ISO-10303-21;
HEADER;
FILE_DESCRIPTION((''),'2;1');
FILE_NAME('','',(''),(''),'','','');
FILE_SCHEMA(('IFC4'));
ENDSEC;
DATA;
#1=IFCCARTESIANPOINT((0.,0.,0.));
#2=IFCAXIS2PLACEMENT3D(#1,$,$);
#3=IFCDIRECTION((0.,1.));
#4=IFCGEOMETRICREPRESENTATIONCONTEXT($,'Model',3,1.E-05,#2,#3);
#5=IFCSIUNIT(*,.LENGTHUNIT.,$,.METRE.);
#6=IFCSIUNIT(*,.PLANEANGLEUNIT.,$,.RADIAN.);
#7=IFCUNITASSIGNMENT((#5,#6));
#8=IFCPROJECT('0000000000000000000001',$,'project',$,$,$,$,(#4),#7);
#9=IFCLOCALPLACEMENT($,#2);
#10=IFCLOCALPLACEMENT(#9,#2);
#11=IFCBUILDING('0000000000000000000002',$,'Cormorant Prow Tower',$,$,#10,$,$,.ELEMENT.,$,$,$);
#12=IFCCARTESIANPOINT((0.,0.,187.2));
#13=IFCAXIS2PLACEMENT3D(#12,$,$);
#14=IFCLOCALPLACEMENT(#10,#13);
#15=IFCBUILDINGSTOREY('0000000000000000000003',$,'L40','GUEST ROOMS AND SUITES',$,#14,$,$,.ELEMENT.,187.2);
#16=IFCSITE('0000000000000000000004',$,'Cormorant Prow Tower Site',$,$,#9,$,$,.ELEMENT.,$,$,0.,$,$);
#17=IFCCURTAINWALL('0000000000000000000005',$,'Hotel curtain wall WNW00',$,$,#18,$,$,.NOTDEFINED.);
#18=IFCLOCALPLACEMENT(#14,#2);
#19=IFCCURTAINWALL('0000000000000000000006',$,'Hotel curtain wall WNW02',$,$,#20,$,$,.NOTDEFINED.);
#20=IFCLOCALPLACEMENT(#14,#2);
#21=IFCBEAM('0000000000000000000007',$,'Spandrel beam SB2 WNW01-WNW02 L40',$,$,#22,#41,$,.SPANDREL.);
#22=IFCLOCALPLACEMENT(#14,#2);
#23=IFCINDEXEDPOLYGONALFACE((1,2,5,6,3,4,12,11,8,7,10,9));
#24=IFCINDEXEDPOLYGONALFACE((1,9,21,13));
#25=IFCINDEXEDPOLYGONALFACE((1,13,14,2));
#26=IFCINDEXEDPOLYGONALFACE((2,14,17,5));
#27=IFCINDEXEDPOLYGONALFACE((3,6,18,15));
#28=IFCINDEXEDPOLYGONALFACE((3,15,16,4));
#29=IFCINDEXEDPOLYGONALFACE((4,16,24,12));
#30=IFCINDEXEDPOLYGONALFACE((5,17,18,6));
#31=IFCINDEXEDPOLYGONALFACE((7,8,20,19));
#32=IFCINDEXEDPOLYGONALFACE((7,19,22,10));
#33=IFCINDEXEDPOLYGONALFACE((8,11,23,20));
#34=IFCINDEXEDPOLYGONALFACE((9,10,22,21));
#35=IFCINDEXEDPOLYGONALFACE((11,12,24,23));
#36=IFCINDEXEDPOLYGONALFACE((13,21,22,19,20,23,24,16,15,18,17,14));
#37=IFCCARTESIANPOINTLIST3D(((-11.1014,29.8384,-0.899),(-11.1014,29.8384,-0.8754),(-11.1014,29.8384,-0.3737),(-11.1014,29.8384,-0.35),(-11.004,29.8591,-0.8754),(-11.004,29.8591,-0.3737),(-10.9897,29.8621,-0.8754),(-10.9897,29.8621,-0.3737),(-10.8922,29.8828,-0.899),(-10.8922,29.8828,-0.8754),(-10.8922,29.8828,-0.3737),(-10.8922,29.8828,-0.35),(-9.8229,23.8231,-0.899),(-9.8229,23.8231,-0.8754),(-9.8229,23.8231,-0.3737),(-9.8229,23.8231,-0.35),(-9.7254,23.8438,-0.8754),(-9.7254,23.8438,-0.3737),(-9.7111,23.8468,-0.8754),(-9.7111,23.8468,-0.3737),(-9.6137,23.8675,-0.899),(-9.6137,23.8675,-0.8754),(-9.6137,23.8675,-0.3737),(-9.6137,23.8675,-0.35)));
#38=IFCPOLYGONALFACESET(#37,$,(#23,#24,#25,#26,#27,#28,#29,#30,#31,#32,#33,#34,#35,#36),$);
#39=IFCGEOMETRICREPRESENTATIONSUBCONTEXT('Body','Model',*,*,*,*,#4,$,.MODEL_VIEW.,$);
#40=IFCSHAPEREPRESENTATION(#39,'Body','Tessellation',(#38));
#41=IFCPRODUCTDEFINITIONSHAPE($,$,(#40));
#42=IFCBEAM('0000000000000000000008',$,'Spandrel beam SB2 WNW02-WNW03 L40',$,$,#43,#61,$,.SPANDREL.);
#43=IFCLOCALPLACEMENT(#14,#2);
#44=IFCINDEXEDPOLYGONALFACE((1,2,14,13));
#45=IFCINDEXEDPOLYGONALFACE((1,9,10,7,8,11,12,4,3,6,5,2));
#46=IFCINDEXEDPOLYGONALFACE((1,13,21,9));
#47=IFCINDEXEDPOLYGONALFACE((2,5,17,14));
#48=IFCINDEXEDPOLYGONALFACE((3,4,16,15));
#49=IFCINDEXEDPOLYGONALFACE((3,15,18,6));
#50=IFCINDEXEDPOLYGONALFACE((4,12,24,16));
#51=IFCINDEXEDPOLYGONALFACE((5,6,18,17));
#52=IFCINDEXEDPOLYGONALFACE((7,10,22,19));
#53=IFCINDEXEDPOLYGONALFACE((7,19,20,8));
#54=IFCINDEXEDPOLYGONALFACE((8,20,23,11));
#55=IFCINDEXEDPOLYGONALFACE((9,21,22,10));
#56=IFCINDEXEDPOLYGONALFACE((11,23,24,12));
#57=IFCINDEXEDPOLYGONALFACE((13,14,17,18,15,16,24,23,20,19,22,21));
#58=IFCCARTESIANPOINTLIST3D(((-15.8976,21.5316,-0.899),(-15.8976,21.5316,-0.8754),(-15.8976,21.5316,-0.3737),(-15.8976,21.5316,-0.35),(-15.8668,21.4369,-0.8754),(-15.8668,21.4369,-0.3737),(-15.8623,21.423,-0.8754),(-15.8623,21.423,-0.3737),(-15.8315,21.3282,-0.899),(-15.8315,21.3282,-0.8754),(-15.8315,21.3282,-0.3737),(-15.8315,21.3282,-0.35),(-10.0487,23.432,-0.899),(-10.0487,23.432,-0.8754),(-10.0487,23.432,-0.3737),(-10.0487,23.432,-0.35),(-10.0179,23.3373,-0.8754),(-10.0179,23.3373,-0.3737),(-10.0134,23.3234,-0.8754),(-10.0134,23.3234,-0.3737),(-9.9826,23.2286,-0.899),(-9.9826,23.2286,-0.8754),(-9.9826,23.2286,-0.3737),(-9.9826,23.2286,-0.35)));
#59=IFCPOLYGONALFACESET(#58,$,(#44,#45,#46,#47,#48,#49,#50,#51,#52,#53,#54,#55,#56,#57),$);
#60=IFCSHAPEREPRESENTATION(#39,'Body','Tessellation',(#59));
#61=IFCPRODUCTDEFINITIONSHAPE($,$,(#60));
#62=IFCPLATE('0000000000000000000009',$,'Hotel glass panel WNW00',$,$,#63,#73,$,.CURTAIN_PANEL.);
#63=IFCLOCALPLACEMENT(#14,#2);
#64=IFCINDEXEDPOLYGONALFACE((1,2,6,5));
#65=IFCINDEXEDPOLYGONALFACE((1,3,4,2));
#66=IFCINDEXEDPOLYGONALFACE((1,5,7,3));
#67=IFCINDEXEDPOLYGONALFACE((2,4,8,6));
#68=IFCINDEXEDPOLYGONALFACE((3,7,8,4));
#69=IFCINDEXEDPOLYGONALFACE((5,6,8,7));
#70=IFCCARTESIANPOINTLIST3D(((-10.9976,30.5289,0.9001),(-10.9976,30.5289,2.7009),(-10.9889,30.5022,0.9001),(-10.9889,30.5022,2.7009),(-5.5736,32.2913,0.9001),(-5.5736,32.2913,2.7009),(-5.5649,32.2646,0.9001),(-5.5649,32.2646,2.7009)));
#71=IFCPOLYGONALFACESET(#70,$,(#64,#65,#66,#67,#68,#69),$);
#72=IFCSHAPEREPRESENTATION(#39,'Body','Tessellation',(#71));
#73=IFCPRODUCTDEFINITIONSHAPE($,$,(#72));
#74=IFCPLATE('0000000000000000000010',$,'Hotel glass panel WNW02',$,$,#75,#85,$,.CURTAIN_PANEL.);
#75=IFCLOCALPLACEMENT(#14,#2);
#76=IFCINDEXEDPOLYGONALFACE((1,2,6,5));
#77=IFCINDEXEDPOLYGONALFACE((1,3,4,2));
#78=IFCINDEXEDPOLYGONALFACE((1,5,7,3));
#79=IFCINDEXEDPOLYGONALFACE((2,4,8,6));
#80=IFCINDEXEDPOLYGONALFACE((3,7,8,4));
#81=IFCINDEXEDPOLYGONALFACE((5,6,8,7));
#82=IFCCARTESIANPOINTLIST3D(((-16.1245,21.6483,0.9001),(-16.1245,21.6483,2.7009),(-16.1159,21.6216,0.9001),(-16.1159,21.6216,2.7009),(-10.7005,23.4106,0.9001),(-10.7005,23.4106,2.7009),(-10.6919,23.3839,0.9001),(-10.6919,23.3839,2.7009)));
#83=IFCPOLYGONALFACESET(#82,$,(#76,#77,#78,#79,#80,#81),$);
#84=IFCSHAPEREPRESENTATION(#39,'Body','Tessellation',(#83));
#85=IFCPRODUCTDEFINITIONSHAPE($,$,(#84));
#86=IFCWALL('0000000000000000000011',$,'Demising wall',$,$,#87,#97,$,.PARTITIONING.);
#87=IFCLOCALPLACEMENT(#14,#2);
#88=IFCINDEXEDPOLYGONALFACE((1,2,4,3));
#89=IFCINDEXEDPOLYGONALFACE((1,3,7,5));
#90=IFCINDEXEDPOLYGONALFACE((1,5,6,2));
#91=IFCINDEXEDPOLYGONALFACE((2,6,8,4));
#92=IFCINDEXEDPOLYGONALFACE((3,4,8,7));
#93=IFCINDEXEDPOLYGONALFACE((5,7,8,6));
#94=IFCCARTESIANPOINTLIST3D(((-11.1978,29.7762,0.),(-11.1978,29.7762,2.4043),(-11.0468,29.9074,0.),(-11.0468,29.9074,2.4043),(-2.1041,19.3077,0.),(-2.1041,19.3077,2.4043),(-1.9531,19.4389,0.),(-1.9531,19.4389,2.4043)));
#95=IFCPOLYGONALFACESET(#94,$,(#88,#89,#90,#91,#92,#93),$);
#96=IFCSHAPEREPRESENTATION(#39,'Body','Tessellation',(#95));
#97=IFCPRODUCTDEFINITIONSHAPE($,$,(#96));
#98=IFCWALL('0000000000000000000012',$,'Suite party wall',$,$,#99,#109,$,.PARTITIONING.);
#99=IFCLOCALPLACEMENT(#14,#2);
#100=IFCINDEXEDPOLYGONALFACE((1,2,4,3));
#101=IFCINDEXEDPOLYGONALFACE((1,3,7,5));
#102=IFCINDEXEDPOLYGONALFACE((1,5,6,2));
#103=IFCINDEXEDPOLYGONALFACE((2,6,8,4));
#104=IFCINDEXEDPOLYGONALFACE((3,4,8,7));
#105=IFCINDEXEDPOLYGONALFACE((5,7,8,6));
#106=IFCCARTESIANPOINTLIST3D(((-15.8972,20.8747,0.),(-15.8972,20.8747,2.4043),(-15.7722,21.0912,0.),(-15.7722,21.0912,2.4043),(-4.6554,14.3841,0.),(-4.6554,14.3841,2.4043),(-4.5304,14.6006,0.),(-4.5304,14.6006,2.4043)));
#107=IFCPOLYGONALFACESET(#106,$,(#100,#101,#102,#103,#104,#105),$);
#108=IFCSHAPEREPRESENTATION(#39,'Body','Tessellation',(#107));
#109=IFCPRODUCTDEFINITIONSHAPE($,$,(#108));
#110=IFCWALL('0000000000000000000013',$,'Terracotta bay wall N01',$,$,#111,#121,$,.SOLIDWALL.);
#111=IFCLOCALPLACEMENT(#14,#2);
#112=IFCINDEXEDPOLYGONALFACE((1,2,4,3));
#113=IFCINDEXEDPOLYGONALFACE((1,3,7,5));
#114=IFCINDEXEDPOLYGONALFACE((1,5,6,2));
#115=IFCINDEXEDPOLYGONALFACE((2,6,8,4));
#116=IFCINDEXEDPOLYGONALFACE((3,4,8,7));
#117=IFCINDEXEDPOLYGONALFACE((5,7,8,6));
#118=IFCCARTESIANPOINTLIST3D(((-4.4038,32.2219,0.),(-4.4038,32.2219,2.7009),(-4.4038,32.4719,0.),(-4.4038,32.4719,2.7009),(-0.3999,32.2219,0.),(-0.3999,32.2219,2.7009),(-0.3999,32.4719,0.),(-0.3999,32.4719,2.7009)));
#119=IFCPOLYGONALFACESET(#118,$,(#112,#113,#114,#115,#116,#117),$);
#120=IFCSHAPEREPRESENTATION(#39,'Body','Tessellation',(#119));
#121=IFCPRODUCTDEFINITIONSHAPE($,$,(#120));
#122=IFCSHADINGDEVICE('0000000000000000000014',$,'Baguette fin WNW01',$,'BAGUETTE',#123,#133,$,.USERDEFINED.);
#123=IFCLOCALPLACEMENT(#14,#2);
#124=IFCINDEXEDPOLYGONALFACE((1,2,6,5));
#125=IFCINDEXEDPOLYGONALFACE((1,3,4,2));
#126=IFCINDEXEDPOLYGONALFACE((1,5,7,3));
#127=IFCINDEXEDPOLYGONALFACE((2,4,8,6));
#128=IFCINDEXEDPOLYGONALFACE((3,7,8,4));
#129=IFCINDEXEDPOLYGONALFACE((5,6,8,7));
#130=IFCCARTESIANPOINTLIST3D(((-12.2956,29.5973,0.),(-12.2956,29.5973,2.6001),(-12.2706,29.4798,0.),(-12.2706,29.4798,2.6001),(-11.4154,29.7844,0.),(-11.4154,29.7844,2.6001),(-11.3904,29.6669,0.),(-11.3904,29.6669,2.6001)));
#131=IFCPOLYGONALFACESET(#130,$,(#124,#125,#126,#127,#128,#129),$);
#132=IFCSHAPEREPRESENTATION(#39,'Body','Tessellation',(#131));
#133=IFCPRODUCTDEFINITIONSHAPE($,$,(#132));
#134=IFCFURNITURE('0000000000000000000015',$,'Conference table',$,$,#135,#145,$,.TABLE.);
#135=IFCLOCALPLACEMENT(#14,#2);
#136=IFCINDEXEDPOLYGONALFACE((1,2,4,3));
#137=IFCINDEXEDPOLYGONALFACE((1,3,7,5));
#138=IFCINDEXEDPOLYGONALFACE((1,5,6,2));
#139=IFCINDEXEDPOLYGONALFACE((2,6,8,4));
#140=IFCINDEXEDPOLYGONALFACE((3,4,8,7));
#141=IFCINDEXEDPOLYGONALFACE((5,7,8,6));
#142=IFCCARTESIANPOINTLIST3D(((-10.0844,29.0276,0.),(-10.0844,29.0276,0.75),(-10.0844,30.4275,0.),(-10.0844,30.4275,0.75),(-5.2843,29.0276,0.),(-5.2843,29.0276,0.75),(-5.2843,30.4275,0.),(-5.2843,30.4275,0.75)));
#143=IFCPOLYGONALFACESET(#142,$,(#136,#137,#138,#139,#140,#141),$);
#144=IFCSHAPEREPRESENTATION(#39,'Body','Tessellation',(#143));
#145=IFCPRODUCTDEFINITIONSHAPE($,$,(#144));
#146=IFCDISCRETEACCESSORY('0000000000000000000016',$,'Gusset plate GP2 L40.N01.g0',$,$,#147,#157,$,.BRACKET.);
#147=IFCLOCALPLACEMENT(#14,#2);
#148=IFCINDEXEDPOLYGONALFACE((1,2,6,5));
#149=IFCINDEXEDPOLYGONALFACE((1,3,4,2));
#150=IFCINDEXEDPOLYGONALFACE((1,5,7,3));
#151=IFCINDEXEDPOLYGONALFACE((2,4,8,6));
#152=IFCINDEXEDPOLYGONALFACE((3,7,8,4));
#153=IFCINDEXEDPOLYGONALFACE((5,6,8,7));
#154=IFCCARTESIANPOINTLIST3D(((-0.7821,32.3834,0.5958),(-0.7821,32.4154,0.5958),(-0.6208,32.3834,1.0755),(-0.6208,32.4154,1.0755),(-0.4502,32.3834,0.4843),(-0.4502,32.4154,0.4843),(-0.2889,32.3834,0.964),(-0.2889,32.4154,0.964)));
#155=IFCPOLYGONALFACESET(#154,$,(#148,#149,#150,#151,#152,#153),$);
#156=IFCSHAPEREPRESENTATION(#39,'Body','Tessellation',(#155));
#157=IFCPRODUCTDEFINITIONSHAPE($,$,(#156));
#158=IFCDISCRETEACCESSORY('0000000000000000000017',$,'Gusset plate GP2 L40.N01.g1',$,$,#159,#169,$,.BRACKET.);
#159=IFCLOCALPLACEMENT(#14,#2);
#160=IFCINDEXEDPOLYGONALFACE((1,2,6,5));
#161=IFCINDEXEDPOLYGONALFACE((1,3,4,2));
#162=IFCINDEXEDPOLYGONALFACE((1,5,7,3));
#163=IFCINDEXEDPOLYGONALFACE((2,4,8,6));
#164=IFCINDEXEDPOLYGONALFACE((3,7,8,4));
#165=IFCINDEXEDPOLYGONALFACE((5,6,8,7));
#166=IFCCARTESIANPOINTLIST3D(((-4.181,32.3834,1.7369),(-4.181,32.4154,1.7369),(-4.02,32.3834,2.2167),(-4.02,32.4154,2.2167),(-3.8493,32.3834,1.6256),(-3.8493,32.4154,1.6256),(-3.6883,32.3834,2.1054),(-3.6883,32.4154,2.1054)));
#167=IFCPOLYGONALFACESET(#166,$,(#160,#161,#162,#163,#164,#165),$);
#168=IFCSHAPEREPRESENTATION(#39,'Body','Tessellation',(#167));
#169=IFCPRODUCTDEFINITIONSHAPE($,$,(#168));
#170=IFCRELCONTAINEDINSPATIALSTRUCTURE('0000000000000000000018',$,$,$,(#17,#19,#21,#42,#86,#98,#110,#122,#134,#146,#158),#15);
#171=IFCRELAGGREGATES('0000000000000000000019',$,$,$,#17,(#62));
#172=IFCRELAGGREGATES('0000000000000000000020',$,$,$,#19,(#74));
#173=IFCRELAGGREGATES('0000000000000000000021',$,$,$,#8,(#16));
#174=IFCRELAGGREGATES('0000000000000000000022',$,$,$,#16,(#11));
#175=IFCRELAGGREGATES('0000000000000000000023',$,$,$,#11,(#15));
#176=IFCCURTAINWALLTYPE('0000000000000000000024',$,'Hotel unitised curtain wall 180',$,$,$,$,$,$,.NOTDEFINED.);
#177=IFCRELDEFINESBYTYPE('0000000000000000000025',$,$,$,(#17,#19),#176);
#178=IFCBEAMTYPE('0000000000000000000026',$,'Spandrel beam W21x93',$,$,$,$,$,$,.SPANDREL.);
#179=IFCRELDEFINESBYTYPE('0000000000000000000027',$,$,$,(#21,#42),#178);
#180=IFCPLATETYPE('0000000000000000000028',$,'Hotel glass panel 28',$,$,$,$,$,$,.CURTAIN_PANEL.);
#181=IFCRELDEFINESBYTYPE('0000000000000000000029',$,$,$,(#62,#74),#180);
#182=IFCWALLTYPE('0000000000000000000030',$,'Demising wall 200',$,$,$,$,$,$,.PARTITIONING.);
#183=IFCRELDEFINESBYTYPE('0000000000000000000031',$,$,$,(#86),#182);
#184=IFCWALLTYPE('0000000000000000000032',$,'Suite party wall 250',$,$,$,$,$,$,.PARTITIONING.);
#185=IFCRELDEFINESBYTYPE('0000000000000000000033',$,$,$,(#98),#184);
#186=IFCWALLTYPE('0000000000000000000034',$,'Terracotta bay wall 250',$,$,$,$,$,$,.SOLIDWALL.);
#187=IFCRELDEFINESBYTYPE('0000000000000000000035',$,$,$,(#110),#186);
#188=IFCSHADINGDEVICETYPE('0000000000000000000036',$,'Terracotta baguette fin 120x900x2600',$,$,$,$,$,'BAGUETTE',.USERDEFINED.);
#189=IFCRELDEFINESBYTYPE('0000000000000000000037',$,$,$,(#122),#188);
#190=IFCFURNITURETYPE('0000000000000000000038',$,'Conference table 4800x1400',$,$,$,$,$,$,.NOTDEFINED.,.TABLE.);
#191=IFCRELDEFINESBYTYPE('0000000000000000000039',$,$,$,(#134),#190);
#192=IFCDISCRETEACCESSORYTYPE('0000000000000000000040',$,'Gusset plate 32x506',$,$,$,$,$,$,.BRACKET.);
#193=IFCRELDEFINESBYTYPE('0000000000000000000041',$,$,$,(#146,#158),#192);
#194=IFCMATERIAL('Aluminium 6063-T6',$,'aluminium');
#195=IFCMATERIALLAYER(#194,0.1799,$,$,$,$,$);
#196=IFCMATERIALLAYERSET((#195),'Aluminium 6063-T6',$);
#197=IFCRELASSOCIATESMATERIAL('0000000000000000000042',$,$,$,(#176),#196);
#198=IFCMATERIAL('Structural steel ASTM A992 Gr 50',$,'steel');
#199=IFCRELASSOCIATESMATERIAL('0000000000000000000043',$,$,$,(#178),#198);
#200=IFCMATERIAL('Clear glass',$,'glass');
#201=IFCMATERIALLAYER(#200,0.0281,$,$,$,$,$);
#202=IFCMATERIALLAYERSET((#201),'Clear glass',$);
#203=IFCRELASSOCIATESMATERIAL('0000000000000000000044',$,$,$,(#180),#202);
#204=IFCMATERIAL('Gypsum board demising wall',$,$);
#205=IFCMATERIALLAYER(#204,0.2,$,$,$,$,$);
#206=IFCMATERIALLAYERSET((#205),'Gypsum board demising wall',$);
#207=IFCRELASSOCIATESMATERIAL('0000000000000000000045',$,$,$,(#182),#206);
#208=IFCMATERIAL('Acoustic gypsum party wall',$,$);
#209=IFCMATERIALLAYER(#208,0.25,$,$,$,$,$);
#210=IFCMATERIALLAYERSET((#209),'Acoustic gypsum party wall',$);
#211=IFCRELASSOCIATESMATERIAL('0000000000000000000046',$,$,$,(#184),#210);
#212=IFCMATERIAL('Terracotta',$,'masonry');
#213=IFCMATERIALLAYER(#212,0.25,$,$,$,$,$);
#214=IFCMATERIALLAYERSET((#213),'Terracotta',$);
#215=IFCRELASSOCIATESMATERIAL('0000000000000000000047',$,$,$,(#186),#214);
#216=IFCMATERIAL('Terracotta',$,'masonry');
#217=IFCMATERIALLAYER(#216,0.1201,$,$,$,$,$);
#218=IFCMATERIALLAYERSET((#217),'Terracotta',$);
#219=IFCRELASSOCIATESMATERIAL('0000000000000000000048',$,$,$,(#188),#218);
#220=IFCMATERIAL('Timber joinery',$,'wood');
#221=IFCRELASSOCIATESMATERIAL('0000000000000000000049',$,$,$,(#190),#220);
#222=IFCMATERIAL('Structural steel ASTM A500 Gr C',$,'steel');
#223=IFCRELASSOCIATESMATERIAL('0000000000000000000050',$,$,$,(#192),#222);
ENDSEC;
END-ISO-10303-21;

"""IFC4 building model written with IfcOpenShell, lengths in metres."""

from ifc_helpers import new_model, si_unit, direction, frame, frame_2d, origin, origin_2d, place, context, subcontext, project, spatial, rectangle, i_section, extrude, material, layer, layer_set, material_profile, profile_set, type_object, element, aggregate, save


model = new_model("IFC4")

# Units and contexts
model_context = context("Model", 3, precision=1e-05, world=origin(), true_north=direction((0.0, 1.0)))
body_context = subcontext(model_context, "Body", "Model", "MODEL_VIEW")
ifc_project = project(units=[si_unit("LENGTHUNIT", "METRE"), si_unit("PLANEANGLEUNIT", "RADIAN")], contexts=[model_context])

# Site, building, storey
site_placement = place(None, origin())
site = spatial("IfcSite", under=ifc_project, at=site_placement, Name="Cormorant Prow Tower Site", CompositionType="ELEMENT", RefElevation=0.0)
building_placement = place(site_placement, origin())
building = spatial("IfcBuilding", under=site, at=building_placement, Name="Cormorant Prow Tower", CompositionType="ELEMENT")
storey_placement = place(building_placement, frame((0.0, 0.0, 187.2)))
storey = spatial("IfcBuildingStorey", under=building, at=storey_placement, Name="L40", Description="GUEST ROOMS AND SUITES", CompositionType="ELEMENT", Elevation=187.2)

# Curtain walls
ifc_material_1 = material(Name="Aluminium 6063-T6", Category="aluminium")
ifc_layer_1 = layer(ifc_material_1, 0.1799)
ifc_layer_set_1 = layer_set([ifc_layer_1], Name="Aluminium 6063-T6")
curtain_wall_type = type_object("IfcCurtainWallType", Name="Hotel unitised curtain wall 180", PredefinedType="NOTDEFINED", material=ifc_layer_set_1)
curtain_wall_1_placement = place(storey_placement, origin())
curtain_wall_1 = element("IfcCurtainWall", 1, at=curtain_wall_1_placement, inside=storey, type_object=curtain_wall_type, Name="Hotel curtain wall WNW00", PredefinedType="NOTDEFINED")
curtain_wall_2_placement = place(storey_placement, origin())
curtain_wall_2 = element("IfcCurtainWall", 2, at=curtain_wall_2_placement, inside=storey, type_object=curtain_wall_type, Name="Hotel curtain wall WNW02", PredefinedType="NOTDEFINED")

# Beams
ifc_material_2 = material(Name="Structural steel ASTM A992 Gr 50", Category="steel")
ifc_material_profile_1 = material_profile(ifc_material_2, i_section(OverallWidth=0.2139, OverallDepth=0.5491, WebThickness=0.0146, FlangeThickness=0.0237, at=origin_2d()), Name="W21x93")
ifc_profile_set_1 = profile_set([ifc_material_profile_1], Name="Structural steel ASTM A992 Gr 50")
beam_type = type_object("IfcBeamType", Name="Spandrel beam W21x93", PredefinedType="SPANDREL", material=ifc_profile_set_1)
beam_1_placement = place(storey_placement, frame((-10.9968, 29.8606, -0.6245), z_axis=(0.207905, -0.978149, 0.0), x_axis=(0.978149, 0.207905, 0.0)))
element("IfcBeam", 3, at=beam_1_placement, inside=storey, type_object=beam_type, Name="Spandrel beam SB2 WNW01-WNW02 L40", PredefinedType="SPANDREL", context=body_context, shape_type="SweptSolid", body=[
    extrude(i_section(OverallWidth=0.2139, OverallDepth=0.5491, WebThickness=0.0146, FlangeThickness=0.0237, at=origin_2d()), origin(), (0.0, 0.0, 1.0), 6.1497),
])
beam_2_placement = place(storey_placement, frame((-10.0156, 23.3303, -0.6245), z_axis=(-0.951058, -0.309013, 0.0), x_axis=(0.309013, -0.951058, 0.0)))
element("IfcBeam", 4, at=beam_2_placement, inside=storey, type_object=beam_type, Name="Spandrel beam SB2 WNW02-WNW03 L40", PredefinedType="SPANDREL", context=body_context, shape_type="SweptSolid", body=[
    extrude(i_section(OverallWidth=0.2139, OverallDepth=0.5491, WebThickness=0.0146, FlangeThickness=0.0237, at=origin_2d()), origin(), (0.0, 0.0, 1.0), 6.1499),
])

# Plates
ifc_material_3 = material(Name="Clear glass", Category="glass")
ifc_layer_2 = layer(ifc_material_3, 0.0281)
ifc_layer_set_2 = layer_set([ifc_layer_2], Name="Clear glass")
plate_type = type_object("IfcPlateType", Name="Hotel glass panel 28", PredefinedType="CURTAIN_PANEL", material=ifc_layer_set_2)
plate_1_placement = place(storey_placement, frame((-8.2812, 31.3967, 0.9001), z_axis=(0.0, 0.0, 1.0), x_axis=(-0.951057, -0.309017, 0.0)))
plate_1 = element("IfcPlate", 5, at=plate_1_placement, type_object=plate_type, Name="Hotel glass panel WNW00", PredefinedType="CURTAIN_PANEL", context=body_context, shape_type="SweptSolid", body=[
    extrude(rectangle(XDim=5.7031, YDim=0.0281, at=origin_2d()), origin(), (0.0, 0.0, 1.0), 1.8008),
])
aggregate(curtain_wall_1, [plate_1])
plate_2_placement = place(storey_placement, frame((-13.4082, 22.5161, 0.9001), z_axis=(0.0, 0.0, 1.0), x_axis=(-0.951057, -0.309017, 0.0)))
plate_2 = element("IfcPlate", 6, at=plate_2_placement, type_object=plate_type, Name="Hotel glass panel WNW02", PredefinedType="CURTAIN_PANEL", context=body_context, shape_type="SweptSolid", body=[
    extrude(rectangle(XDim=5.7031, YDim=0.0281, at=origin_2d()), origin(), (0.0, 0.0, 1.0), 1.8008),
])
aggregate(curtain_wall_2, [plate_2])

# Walls
ifc_material_4 = material(Name="Gypsum board demising wall")
ifc_layer_3 = layer(ifc_material_4, 0.2)
ifc_layer_set_3 = layer_set([ifc_layer_3], Name="Gypsum board demising wall")
wall_type_1 = type_object("IfcWallType", Name="Demising wall 200", PredefinedType="PARTITIONING", material=ifc_layer_set_3)
wall_1_placement = place(storey_placement, frame((-11.1223, 29.8418, 0.0), z_axis=(0.0, 0.0, 1.0), x_axis=(0.655797, -0.754937, 0.0)))
element("IfcWall", 7, at=wall_1_placement, inside=storey, type_object=wall_type_1, Name="Demising wall", PredefinedType="PARTITIONING", context=body_context, shape_type="SweptSolid", body=[
    extrude(rectangle(XDim=13.8667, YDim=0.2, at=frame_2d((6.9333, 0.0))), origin(), (0.0, 0.0, 1.0), 2.4043),
])
ifc_material_5 = material(Name="Acoustic gypsum party wall")
ifc_layer_4 = layer(ifc_material_5, 0.25)
ifc_layer_set_4 = layer_set([ifc_layer_4], Name="Acoustic gypsum party wall")
wall_type_2 = type_object("IfcWallType", Name="Suite party wall 250", PredefinedType="PARTITIONING", material=ifc_layer_set_4)
wall_2_placement = place(storey_placement, frame((-15.8347, 20.9829, 0.0), z_axis=(0.0, 0.0, 1.0), x_axis=(0.866023, -0.500005, 0.0)))
element("IfcWall", 8, at=wall_2_placement, inside=storey, type_object=wall_type_2, Name="Suite party wall", PredefinedType="PARTITIONING", context=body_context, shape_type="SweptSolid", body=[
    extrude(rectangle(XDim=12.981, YDim=0.25, at=frame_2d((6.4905, 0.0))), origin(), (0.0, 0.0, 1.0), 2.4043),
])
ifc_material_6 = material(Name="Terracotta", Category="masonry")
ifc_layer_5 = layer(ifc_material_6, 0.25)
ifc_layer_set_5 = layer_set([ifc_layer_5], Name="Terracotta")
wall_type_3 = type_object("IfcWallType", Name="Terracotta bay wall 250", PredefinedType="SOLIDWALL", material=ifc_layer_set_5)
wall_3_placement = place(storey_placement, frame((-0.3999, 32.3469, 0.0), z_axis=(0.0, 0.0, 1.0), x_axis=(-1.0, 0.0, 0.0)))
element("IfcWall", 9, at=wall_3_placement, inside=storey, type_object=wall_type_3, Name="Terracotta bay wall N01", PredefinedType="SOLIDWALL", context=body_context, shape_type="SweptSolid", body=[
    extrude(rectangle(XDim=4.0039, YDim=0.25, at=frame_2d((2.002, 0.0))), origin(), (0.0, 0.0, 1.0), 2.7009),
])

# Shading device
ifc_material_7 = material(Name="Terracotta", Category="masonry")
ifc_layer_6 = layer(ifc_material_7, 0.1201)
ifc_layer_set_6 = layer_set([ifc_layer_6], Name="Terracotta")
shading_device_type = type_object("IfcShadingDeviceType", Name="Terracotta baguette fin 120x900x2600", ElementType="BAGUETTE", PredefinedType="USERDEFINED", material=ifc_layer_set_6)
shading_device_placement = place(storey_placement, frame((-11.843, 29.6321, 0.0), z_axis=(0.0, 0.0, 1.0), x_axis=(0.207912, -0.978148, 0.0)))
element("IfcShadingDevice", 10, at=shading_device_placement, inside=storey, type_object=shading_device_type, Name="Baguette fin WNW01", ObjectType="BAGUETTE", PredefinedType="USERDEFINED", context=body_context, shape_type="SweptSolid", body=[
    extrude(rectangle(XDim=0.1201, YDim=0.8999, at=origin_2d()), origin(), (0.0, 0.0, 1.0), 2.6001),
])

# Furniture
ifc_material_8 = material(Name="Timber joinery", Category="wood")
furniture_type = type_object("IfcFurnitureType", Name="Conference table 4800x1400", AssemblyPlace="NOTDEFINED", PredefinedType="TABLE", material=ifc_material_8)
furniture_placement = place(storey_placement, frame((-7.6843, 29.7275, 0.0), z_axis=(0.0, 0.0, 1.0), x_axis=(1.0, 0.0, 0.0)))
element("IfcFurniture", 11, at=furniture_placement, inside=storey, type_object=furniture_type, Name="Conference table", PredefinedType="TABLE", context=body_context, shape_type="SweptSolid", body=[
    extrude(rectangle(XDim=4.8, YDim=1.3999, at=origin_2d()), origin(), (0.0, 0.0, 1.0), 0.75),
])

# Discrete accessories
ifc_material_9 = material(Name="Structural steel ASTM A500 Gr C", Category="steel")
ifc_material_profile_2 = material_profile(ifc_material_9, rectangle(XDim=0.032, YDim=0.5061, at=origin_2d()), Name="Gusset plate 32x506")
ifc_profile_set_2 = profile_set([ifc_material_profile_2], Name="Structural steel ASTM A500 Gr C")
discrete_accessory_type = type_object("IfcDiscreteAccessoryType", Name="Gusset plate 32x506", PredefinedType="BRACKET", material=ifc_profile_set_2)
discrete_accessory_1_placement = place(storey_placement, frame((-0.7014, 32.3994, 0.8357), z_axis=(0.947843, 0.0, -0.318738), x_axis=(0.0, 1.0, 0.0)))
element("IfcDiscreteAccessory", 12, at=discrete_accessory_1_placement, inside=storey, type_object=discrete_accessory_type, Name="Gusset plate GP2 L40.N01.g0", PredefinedType="BRACKET", context=body_context, shape_type="SweptSolid", body=[
    extrude(rectangle(XDim=0.032, YDim=0.5061, at=origin_2d()), origin(), (0.0, 0.0, 1.0), 0.3501),
])
discrete_accessory_2_placement = place(storey_placement, frame((-3.7688, 32.3994, 1.8655), z_axis=(-0.948054, 0.0, 0.318111), x_axis=(0.0, -1.0, 0.0)))
element("IfcDiscreteAccessory", 13, at=discrete_accessory_2_placement, inside=storey, type_object=discrete_accessory_type, Name="Gusset plate GP2 L40.N01.g1", PredefinedType="BRACKET", context=body_context, shape_type="SweptSolid", body=[
    extrude(rectangle(XDim=0.032, YDim=0.5061, at=origin_2d()), origin(), (0.0, 0.0, 1.0), 0.3499),
])

save(model, "model.ifc")
